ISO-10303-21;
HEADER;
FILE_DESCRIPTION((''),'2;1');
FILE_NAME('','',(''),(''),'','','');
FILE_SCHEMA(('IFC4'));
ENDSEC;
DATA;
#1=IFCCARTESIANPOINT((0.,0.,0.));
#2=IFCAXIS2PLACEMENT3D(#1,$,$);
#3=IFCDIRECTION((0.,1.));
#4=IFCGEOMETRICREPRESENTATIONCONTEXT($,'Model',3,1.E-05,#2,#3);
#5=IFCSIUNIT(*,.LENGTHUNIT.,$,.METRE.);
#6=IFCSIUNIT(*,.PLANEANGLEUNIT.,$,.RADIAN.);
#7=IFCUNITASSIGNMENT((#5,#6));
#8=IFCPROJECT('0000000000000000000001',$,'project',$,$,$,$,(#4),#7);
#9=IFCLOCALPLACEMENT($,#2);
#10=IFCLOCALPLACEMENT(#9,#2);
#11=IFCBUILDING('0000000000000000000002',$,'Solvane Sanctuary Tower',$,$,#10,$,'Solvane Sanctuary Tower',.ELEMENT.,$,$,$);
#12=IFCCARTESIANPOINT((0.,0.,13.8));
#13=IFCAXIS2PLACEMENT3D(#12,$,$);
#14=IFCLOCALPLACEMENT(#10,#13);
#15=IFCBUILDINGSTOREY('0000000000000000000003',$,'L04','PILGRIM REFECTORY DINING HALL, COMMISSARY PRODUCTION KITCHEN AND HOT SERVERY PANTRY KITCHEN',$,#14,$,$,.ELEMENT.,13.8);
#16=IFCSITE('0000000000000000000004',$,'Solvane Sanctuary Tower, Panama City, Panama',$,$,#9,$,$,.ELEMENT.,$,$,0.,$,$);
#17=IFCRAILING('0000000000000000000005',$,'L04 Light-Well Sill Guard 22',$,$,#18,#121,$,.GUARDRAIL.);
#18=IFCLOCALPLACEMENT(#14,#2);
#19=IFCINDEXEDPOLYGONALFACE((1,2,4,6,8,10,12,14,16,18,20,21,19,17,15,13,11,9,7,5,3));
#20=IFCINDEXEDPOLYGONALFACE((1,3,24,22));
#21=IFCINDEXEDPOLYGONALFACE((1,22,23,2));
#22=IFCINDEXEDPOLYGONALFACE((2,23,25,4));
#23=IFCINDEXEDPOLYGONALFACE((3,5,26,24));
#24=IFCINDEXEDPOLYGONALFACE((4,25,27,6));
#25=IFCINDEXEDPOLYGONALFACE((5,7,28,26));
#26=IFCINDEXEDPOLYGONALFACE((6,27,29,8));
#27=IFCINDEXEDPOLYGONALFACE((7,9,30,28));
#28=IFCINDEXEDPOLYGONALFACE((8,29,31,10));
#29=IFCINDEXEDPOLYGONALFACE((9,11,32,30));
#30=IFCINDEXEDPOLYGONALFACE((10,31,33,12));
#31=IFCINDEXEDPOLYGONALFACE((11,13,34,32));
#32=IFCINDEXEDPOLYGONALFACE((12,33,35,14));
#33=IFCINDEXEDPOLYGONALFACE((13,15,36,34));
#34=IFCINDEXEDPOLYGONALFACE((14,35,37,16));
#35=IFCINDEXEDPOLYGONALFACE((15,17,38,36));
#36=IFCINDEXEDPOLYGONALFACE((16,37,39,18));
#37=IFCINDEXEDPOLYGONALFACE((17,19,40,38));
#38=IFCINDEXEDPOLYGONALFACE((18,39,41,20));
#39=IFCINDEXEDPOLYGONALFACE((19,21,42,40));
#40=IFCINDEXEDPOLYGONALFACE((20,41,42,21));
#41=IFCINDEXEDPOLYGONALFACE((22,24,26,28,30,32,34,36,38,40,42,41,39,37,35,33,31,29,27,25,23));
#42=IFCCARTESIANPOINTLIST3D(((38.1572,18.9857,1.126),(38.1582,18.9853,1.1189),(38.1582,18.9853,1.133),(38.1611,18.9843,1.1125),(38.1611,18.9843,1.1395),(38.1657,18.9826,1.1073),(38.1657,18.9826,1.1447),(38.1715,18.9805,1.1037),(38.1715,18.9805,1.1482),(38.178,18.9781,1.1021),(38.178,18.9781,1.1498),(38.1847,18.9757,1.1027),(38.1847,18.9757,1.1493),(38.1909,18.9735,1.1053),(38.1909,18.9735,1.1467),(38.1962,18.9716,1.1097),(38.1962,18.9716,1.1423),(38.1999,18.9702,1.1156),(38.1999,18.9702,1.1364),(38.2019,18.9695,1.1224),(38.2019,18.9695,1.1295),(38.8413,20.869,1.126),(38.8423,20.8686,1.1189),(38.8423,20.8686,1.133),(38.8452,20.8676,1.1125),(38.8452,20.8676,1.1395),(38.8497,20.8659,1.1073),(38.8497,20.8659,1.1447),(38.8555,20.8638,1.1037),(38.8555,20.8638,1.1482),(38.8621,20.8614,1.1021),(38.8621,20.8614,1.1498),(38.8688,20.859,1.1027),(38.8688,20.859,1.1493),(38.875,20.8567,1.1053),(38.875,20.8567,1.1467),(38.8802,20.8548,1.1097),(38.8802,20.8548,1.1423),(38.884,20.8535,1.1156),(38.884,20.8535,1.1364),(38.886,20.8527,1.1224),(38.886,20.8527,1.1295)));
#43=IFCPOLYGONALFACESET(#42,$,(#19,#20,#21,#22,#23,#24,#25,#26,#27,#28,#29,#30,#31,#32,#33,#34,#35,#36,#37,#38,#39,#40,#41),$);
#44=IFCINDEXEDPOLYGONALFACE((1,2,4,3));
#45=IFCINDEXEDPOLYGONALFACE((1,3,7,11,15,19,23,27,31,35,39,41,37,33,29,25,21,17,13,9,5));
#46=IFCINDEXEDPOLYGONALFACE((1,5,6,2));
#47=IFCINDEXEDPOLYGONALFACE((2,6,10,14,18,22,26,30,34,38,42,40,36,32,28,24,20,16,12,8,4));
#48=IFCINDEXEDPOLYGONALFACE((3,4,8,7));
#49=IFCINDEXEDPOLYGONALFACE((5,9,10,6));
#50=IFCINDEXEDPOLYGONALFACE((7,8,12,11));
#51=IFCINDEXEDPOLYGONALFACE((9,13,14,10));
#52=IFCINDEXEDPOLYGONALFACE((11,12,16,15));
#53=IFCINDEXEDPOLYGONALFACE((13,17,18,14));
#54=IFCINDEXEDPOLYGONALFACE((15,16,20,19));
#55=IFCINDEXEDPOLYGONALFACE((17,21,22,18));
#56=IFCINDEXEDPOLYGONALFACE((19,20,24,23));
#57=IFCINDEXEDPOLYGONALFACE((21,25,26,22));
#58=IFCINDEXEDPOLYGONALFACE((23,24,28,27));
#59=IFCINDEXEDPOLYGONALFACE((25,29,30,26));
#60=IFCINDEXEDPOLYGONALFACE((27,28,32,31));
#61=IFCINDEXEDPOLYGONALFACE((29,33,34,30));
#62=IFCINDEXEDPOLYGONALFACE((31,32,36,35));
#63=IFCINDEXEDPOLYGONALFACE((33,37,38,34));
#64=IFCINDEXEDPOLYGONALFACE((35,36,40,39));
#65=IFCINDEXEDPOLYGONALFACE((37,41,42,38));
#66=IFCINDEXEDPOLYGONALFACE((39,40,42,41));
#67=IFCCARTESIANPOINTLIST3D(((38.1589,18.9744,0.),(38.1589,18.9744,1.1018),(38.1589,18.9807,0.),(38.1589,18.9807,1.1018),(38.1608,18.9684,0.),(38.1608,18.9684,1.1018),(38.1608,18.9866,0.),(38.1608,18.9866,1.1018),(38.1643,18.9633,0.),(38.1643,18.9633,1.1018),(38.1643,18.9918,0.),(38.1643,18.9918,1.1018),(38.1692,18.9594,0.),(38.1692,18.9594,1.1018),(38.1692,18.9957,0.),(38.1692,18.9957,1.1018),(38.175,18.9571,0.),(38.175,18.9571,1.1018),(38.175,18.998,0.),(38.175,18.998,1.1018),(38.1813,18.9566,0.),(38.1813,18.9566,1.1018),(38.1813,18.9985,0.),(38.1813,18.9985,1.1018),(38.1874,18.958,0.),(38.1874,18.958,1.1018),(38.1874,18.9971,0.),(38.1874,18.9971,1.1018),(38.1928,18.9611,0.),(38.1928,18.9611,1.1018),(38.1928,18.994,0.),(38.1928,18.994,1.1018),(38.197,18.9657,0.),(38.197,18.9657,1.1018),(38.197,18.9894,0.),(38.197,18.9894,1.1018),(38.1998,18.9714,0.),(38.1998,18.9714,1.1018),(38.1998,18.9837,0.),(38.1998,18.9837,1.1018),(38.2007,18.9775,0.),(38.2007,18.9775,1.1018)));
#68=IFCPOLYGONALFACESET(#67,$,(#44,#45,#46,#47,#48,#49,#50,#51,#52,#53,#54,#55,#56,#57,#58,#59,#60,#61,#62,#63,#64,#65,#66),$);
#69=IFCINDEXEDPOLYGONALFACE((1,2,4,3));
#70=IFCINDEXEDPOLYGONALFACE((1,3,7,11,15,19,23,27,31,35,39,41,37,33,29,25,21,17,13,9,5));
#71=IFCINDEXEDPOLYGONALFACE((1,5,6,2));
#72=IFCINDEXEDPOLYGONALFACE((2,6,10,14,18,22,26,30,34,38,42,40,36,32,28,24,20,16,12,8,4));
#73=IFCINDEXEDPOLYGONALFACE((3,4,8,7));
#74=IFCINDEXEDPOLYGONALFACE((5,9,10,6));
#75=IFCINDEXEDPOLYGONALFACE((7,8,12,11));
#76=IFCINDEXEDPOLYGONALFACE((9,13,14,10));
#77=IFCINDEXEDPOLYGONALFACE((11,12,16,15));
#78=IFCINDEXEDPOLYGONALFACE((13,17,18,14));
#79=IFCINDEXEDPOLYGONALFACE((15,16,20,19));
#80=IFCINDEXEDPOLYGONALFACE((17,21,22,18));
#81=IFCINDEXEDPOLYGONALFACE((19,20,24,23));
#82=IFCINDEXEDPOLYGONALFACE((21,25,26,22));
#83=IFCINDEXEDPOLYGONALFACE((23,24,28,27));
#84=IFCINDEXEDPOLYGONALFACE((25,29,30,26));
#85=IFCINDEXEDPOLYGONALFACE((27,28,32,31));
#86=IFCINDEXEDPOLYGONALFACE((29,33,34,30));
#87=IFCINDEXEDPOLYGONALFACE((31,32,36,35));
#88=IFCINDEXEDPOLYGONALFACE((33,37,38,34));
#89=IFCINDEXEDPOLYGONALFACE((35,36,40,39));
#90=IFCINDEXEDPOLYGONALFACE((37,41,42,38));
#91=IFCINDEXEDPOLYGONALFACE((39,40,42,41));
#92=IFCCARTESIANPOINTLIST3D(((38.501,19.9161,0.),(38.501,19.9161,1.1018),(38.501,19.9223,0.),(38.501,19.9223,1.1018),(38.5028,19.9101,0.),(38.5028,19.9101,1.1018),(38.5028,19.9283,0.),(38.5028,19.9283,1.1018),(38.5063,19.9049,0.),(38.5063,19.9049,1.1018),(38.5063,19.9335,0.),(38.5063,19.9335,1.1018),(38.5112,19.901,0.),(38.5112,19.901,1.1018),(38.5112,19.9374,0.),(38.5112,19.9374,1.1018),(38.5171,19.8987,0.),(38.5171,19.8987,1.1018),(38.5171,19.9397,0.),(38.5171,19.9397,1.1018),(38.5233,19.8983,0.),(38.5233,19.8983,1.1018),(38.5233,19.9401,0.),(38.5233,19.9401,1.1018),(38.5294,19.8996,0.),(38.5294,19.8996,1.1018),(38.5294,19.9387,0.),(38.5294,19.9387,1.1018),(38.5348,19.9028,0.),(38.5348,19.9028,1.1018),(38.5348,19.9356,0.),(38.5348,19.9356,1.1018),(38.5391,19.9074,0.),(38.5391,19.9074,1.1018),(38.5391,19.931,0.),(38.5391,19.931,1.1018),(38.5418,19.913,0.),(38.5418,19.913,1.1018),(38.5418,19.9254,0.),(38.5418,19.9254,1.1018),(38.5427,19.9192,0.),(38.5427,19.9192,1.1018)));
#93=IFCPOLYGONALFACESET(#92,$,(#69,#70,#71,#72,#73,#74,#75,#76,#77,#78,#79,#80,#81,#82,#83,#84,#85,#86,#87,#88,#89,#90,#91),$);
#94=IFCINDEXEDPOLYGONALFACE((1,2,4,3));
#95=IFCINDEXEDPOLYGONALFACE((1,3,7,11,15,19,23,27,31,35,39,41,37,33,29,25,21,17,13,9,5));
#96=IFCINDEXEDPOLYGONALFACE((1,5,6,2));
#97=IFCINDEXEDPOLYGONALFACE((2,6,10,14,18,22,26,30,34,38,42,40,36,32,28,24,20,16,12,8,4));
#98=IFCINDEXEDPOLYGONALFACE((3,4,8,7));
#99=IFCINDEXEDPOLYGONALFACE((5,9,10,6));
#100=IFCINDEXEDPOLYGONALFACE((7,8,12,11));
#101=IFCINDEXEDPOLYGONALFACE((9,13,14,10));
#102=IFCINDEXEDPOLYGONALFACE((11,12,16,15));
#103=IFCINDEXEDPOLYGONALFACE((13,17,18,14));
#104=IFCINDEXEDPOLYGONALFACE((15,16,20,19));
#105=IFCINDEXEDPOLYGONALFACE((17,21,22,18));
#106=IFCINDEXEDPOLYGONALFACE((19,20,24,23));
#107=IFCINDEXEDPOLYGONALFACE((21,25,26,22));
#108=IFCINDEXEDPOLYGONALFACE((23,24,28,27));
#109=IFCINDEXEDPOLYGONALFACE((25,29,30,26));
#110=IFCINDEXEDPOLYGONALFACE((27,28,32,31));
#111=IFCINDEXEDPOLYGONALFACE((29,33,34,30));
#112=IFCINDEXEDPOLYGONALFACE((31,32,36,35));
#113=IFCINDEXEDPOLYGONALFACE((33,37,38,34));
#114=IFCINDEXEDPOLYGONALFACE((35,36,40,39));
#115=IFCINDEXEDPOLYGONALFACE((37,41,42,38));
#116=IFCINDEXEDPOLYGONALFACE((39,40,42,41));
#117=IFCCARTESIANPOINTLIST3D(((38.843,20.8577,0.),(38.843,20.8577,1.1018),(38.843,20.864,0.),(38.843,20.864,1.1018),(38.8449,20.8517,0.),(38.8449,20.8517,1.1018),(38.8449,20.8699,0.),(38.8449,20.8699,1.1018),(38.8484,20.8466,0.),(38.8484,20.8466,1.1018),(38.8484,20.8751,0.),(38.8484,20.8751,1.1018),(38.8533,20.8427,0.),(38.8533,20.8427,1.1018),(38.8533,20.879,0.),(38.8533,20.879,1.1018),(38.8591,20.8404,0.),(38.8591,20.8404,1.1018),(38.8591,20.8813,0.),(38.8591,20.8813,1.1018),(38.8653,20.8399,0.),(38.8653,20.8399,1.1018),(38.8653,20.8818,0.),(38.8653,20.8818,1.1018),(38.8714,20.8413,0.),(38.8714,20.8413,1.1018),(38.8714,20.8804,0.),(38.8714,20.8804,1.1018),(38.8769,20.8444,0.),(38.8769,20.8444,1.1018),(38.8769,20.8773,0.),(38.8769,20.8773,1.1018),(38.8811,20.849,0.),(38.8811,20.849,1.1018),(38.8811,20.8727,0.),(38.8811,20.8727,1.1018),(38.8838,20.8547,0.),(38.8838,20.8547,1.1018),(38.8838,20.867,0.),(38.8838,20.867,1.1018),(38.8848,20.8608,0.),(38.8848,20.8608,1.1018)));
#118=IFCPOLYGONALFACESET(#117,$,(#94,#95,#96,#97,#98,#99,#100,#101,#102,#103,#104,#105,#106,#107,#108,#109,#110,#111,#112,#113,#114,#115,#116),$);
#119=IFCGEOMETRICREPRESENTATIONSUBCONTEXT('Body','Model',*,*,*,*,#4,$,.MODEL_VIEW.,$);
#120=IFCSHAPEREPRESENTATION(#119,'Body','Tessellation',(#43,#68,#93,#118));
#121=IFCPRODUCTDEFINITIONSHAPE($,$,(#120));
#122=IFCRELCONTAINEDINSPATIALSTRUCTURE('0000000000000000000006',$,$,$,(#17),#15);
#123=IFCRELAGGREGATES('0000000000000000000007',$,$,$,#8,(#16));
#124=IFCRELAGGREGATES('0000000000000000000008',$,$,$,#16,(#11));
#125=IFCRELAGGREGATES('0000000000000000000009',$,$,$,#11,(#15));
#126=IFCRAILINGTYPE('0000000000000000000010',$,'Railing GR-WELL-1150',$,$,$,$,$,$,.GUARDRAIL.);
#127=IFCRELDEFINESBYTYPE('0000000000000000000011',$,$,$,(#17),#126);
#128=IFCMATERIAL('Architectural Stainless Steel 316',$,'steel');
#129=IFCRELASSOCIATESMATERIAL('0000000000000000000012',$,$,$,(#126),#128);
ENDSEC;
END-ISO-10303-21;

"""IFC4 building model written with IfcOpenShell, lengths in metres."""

from ifc_helpers import new_model, si_unit, direction, frame, origin, origin_2d, place, context, subcontext, project, spatial, circle, extrude, material, type_object, element, save


model = new_model("IFC4")

# Units and contexts
model_context = context("Model", 3, precision=1e-05, world=origin(), true_north=direction((0.0, 1.0)))
body_context = subcontext(model_context, "Body", "Model", "MODEL_VIEW")
ifc_project = project(units=[si_unit("LENGTHUNIT", "METRE"), si_unit("PLANEANGLEUNIT", "RADIAN")], contexts=[model_context])

# Site, building, storey
site_placement = place(None, origin())
site = spatial("IfcSite", under=ifc_project, at=site_placement, Name="Solvane Sanctuary Tower, Panama City, Panama", CompositionType="ELEMENT", RefElevation=0.0)
building_placement = place(site_placement, origin())
building = spatial("IfcBuilding", under=site, at=building_placement, Name="Solvane Sanctuary Tower", LongName="Solvane Sanctuary Tower", CompositionType="ELEMENT")
storey_placement = place(building_placement, frame((0.0, 0.0, 13.8)))
storey = spatial("IfcBuildingStorey", under=building, at=storey_placement, Name="L04", Description="PILGRIM REFECTORY DINING HALL, COMMISSARY PRODUCTION KITCHEN AND HOT SERVERY PANTRY KITCHEN", CompositionType="ELEMENT", Elevation=13.8)

# Railing
ifc_material_1 = material(Name="Architectural Stainless Steel 316", Category="steel")
railing_type = type_object("IfcRailingType", Name="Railing GR-WELL-1150", PredefinedType="GUARDRAIL", material=ifc_material_1)
railing_1_placement = place(storey_placement, frame((38.1797, 18.9775, 0.0)))
element("IfcRailing", 1, at=railing_1_placement, inside=storey, type_object=railing_type, Name="L04 Light-Well Sill Guard 22", PredefinedType="GUARDRAIL", context=body_context, shape_type="SweptSolid", body=[
    extrude(circle(Radius=0.0239, at=origin_2d()), frame((0.0, 0.0, 1.126), z_axis=(0.34141, 0.939914, 0.0), x_axis=(-0.939914, 0.34141, 0.0)), (0.0, 0.0, 1.0), 2.0037),
    extrude(circle(Radius=0.021, at=origin_2d()), origin(), (0.0, 0.0, 1.0), 1.1018),
    extrude(circle(Radius=0.021, at=origin_2d()), frame((0.342, 0.9417, 0.0)), (0.0, 0.0, 1.0), 1.1018),
    extrude(circle(Radius=0.021, at=origin_2d()), frame((0.6841, 1.8833, 0.0)), (0.0, 0.0, 1.0), 1.1018),
])

save(model, "model.ifc")
